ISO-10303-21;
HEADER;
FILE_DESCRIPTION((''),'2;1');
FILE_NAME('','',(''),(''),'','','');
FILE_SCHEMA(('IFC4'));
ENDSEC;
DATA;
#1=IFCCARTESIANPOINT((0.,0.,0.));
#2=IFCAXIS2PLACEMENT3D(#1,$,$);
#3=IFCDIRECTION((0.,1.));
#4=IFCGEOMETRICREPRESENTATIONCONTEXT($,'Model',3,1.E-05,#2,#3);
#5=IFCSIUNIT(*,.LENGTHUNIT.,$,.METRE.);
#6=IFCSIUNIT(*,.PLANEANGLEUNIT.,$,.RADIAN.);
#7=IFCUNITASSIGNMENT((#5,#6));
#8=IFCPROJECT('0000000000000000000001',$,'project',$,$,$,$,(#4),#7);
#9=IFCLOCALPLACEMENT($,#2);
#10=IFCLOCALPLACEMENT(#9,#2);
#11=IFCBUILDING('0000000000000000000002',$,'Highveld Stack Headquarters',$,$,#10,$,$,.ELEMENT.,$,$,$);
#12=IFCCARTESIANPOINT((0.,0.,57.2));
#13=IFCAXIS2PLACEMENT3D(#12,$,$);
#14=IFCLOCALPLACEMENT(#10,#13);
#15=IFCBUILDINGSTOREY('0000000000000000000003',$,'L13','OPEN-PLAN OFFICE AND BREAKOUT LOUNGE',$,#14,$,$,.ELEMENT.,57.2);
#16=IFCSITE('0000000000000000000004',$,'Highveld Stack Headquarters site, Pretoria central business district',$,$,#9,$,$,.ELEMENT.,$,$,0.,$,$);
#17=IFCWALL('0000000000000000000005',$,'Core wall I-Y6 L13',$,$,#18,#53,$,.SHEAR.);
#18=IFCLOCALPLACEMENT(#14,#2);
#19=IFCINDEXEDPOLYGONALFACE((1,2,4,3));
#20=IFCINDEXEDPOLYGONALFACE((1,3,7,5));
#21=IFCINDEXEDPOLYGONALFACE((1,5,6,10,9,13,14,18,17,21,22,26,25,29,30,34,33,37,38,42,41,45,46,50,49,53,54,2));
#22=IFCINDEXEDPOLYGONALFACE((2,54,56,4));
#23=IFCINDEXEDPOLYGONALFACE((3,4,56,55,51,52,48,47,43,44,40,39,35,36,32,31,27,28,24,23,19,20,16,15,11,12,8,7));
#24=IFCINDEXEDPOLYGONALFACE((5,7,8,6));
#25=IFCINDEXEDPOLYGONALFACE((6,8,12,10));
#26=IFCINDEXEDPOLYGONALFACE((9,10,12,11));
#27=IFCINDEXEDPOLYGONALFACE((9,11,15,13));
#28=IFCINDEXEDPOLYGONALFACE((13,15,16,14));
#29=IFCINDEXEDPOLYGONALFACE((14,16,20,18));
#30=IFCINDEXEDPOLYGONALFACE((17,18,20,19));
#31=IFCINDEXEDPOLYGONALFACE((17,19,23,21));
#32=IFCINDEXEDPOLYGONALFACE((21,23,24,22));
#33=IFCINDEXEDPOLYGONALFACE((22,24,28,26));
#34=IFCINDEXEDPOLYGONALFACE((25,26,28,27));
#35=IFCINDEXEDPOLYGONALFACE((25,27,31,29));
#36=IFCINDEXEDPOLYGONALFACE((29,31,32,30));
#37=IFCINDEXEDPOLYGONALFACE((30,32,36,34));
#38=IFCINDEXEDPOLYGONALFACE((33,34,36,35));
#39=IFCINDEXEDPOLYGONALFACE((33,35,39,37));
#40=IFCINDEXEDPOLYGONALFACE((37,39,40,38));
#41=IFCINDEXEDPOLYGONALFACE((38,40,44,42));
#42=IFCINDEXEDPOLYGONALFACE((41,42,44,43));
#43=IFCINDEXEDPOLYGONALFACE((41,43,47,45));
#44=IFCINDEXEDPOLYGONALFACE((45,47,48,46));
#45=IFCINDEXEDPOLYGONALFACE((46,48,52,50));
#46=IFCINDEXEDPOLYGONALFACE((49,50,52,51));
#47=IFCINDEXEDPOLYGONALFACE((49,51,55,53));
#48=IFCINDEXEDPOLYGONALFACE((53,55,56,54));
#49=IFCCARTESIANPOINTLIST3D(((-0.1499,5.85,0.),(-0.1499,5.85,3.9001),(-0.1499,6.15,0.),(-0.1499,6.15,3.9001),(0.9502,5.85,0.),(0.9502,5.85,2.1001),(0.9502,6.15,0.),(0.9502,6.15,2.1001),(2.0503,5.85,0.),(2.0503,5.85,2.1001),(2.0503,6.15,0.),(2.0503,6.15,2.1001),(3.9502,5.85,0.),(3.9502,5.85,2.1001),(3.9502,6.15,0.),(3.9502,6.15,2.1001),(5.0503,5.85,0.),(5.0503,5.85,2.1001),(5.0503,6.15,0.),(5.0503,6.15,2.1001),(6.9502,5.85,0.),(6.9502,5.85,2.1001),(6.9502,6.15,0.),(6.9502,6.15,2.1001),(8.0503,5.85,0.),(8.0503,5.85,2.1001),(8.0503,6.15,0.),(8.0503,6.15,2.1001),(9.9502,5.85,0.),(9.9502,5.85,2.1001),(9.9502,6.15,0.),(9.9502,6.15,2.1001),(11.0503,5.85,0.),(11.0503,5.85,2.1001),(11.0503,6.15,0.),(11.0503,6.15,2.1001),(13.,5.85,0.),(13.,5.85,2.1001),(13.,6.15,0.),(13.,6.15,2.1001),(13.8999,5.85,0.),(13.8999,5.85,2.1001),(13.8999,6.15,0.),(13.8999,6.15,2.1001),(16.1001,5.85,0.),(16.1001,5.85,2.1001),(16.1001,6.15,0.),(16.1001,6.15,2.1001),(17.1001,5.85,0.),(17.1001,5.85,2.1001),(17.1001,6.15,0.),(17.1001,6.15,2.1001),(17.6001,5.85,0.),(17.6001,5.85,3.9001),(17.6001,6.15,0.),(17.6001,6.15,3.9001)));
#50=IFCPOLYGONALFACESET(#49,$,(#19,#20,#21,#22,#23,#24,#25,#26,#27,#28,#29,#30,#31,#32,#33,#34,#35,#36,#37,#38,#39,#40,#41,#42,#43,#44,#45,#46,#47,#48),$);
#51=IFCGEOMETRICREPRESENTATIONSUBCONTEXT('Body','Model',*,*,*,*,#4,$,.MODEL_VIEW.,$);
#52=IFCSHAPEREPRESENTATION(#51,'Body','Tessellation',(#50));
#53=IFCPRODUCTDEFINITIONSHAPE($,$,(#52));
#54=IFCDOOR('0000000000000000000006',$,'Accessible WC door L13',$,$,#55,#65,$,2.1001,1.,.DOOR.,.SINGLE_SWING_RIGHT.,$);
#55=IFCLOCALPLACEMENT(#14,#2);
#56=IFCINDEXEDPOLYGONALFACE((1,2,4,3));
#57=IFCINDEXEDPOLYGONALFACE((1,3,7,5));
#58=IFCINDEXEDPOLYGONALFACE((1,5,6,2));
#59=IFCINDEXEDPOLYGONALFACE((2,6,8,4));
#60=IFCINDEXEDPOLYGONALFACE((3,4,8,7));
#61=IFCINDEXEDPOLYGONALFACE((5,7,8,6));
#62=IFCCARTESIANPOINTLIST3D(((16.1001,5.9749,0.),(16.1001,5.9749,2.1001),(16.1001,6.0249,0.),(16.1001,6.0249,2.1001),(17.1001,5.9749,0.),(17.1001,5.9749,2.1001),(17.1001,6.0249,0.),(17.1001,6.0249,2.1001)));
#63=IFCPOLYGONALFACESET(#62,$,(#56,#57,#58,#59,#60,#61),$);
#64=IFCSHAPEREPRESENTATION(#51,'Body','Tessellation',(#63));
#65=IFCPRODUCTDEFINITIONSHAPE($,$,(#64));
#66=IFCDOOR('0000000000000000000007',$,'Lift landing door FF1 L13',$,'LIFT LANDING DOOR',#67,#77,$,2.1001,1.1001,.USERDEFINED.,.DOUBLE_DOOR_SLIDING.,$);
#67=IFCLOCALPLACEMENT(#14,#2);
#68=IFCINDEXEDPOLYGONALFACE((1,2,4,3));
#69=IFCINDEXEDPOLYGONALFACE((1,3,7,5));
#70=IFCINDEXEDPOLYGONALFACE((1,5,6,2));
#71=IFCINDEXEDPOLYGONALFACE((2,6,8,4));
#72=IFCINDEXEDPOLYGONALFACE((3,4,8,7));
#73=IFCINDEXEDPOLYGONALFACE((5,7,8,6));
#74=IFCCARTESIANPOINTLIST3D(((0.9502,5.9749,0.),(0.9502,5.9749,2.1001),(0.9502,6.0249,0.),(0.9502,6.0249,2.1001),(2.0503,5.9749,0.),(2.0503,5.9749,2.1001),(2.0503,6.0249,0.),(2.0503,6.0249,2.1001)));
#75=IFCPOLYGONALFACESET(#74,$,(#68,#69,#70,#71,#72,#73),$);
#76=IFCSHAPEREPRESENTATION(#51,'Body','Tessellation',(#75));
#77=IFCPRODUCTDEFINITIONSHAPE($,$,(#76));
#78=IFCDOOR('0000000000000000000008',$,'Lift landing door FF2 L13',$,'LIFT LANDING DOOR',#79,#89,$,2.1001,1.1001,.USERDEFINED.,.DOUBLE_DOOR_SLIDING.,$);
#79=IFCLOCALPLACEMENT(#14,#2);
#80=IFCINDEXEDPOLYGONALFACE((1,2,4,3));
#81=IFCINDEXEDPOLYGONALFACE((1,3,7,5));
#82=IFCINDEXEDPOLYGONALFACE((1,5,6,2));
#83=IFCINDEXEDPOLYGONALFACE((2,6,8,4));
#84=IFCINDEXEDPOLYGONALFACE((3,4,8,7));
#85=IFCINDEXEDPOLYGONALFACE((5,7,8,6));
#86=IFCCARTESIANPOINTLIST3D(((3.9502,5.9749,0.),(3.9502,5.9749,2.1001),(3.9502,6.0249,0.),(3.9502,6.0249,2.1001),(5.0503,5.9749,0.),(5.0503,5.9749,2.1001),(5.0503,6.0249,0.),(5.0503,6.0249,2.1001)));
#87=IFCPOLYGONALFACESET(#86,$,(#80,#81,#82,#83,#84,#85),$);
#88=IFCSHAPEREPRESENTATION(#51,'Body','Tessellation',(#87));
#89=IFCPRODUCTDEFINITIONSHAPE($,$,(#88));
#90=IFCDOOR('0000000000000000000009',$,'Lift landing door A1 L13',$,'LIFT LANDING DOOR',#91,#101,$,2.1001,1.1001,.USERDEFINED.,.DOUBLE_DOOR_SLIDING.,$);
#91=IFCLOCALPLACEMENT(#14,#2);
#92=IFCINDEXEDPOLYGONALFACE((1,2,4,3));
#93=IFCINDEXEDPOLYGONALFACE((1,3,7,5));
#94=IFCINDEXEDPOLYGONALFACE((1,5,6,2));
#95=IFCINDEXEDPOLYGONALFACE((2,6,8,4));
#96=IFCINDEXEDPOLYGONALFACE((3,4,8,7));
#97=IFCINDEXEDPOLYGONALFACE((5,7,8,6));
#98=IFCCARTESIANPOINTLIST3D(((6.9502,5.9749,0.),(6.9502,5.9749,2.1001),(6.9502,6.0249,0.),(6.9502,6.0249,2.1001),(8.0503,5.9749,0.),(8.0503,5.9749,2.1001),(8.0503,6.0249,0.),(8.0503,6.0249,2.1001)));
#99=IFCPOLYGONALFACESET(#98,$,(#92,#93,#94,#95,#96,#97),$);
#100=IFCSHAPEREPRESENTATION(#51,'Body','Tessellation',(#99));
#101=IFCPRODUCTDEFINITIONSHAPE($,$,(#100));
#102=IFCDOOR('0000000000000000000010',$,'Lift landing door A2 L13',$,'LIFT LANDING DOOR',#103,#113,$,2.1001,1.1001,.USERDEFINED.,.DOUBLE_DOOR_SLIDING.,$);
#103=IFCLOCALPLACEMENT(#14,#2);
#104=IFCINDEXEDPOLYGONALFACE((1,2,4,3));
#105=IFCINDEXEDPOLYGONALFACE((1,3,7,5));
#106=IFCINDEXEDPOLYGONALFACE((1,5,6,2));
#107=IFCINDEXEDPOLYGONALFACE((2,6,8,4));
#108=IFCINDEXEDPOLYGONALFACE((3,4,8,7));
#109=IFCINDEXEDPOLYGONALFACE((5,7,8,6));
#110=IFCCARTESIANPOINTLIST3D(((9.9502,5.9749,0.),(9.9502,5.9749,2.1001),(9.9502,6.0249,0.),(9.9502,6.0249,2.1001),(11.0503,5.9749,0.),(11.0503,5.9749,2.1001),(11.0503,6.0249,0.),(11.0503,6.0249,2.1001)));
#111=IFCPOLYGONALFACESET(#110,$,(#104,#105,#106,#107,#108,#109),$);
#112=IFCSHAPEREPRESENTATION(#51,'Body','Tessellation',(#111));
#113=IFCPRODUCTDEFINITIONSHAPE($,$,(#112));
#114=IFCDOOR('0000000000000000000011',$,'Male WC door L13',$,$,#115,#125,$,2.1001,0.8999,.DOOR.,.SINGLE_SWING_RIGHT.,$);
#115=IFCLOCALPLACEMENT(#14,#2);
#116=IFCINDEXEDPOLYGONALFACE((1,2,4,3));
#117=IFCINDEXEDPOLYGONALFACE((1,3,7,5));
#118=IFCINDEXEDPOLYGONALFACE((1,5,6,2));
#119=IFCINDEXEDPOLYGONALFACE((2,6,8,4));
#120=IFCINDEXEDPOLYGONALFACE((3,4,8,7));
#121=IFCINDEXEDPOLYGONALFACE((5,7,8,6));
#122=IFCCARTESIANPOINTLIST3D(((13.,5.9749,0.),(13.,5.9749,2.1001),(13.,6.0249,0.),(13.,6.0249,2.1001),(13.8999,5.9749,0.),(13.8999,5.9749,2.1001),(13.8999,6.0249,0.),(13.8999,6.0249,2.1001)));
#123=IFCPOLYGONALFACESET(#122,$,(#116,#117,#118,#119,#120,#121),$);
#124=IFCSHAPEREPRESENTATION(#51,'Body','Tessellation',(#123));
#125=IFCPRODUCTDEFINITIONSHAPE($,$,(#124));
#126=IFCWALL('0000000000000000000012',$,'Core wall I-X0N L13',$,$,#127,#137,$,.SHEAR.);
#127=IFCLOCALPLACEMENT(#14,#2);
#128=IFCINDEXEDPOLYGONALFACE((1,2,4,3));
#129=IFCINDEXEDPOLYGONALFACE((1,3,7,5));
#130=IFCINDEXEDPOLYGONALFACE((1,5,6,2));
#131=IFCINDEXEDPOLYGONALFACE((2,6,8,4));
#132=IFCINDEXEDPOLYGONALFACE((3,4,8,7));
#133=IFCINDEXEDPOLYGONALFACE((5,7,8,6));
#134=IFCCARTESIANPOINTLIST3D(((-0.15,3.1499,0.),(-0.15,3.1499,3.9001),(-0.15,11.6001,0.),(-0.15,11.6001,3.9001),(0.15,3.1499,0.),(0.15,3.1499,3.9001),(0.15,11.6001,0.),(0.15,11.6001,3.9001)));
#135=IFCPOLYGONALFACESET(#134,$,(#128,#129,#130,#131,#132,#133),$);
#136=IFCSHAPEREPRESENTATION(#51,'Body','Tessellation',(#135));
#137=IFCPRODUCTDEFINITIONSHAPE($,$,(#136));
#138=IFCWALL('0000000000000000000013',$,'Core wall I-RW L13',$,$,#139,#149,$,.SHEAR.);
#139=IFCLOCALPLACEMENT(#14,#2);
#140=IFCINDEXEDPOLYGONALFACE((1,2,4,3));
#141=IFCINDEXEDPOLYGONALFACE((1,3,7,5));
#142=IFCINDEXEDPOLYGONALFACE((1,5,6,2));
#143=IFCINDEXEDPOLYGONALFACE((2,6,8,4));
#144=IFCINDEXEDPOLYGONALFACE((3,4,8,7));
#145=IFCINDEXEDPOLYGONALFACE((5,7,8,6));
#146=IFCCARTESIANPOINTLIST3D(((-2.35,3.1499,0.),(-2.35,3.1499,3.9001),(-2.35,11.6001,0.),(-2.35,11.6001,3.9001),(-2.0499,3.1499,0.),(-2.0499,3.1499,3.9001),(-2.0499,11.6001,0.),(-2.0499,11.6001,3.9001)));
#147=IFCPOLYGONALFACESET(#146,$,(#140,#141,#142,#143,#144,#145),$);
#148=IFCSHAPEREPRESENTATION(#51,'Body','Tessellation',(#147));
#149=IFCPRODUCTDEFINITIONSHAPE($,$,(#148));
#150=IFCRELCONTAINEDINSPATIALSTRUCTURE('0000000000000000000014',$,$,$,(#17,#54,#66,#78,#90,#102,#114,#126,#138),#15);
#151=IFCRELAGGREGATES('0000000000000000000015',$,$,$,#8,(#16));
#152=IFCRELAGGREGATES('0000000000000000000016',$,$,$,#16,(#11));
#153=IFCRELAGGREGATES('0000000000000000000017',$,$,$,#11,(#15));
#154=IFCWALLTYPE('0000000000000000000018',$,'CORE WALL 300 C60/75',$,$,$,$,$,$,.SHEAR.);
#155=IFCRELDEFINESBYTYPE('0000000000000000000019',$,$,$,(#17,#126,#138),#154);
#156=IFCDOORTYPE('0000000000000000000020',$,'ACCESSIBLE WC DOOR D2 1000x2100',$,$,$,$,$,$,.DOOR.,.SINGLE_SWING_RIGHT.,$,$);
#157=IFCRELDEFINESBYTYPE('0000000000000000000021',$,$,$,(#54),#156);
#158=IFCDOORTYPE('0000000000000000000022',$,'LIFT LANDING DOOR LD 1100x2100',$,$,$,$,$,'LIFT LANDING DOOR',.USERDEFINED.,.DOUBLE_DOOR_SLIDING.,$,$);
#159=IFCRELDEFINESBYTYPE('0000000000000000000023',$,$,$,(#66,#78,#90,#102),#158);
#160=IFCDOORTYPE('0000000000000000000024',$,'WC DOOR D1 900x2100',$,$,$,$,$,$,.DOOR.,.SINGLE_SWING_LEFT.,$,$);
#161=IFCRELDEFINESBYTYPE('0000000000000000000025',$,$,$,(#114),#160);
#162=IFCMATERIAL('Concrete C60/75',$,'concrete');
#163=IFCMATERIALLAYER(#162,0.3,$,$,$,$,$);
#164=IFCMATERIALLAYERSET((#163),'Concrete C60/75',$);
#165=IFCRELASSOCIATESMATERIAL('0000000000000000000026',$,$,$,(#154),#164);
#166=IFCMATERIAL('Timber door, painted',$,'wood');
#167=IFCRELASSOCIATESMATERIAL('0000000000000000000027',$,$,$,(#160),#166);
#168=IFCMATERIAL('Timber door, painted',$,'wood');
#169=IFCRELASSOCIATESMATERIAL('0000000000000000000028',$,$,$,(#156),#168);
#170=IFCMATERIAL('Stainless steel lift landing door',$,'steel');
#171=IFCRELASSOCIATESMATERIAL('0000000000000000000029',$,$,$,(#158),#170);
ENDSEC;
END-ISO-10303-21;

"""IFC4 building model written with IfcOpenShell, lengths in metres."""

from ifc_helpers import new_model, si_unit, direction, frame, frame_2d, origin, place, context, subcontext, project, spatial, rectangle, extrude, material, layer, layer_set, type_object, element, fill, save


model = new_model("IFC4")

# Units and contexts
model_context = context("Model", 3, precision=1e-05, world=origin(), true_north=direction((0.0, 1.0)))
body_context = subcontext(model_context, "Body", "Model", "MODEL_VIEW")
ifc_project = project(units=[si_unit("LENGTHUNIT", "METRE"), si_unit("PLANEANGLEUNIT", "RADIAN")], contexts=[model_context])

# Site, building, storey
site_placement = place(None, origin())
site = spatial("IfcSite", under=ifc_project, at=site_placement, Name="Highveld Stack Headquarters site, Pretoria central business district", CompositionType="ELEMENT", RefElevation=0.0)
building_placement = place(site_placement, origin())
building = spatial("IfcBuilding", under=site, at=building_placement, Name="Highveld Stack Headquarters", CompositionType="ELEMENT")
storey_placement = place(building_placement, frame((0.0, 0.0, 57.2)))
storey = spatial("IfcBuildingStorey", under=building, at=storey_placement, Name="L13", Description="OPEN-PLAN OFFICE AND BREAKOUT LOUNGE", CompositionType="ELEMENT", Elevation=57.2)

# Wall, openings, doors
ifc_material_1 = material(Name="Concrete C60/75", Category="concrete")
ifc_layer_1 = layer(ifc_material_1, 0.3)
ifc_layer_set_1 = layer_set([ifc_layer_1], Name="Concrete C60/75")
wall_type = type_object("IfcWallType", Name="CORE WALL 300 C60/75", PredefinedType="SHEAR", material=ifc_layer_set_1)
ifc_material_2 = material(Name="Timber door, painted", Category="wood")
door_type_1 = type_object("IfcDoorType", Name="WC DOOR D1 900x2100", OperationType="SINGLE_SWING_LEFT", PredefinedType="DOOR", material=ifc_material_2)
wall_1_placement = place(storey_placement, frame((-0.1499, 6.0, 0.0), z_axis=(0.0, 0.0, 1.0), x_axis=(1.0, 0.0, 0.0)))
wall_1 = element("IfcWall", 1, at=wall_1_placement, inside=storey, type_object=wall_type, Name="Core wall I-Y6 L13", PredefinedType="SHEAR", context=body_context, shape_type="SweptSolid", body=[
    extrude(rectangle(XDim=17.75, YDim=0.3, at=frame_2d((8.875, 0.0))), origin(), (0.0, 0.0, 1.0), 3.9001),
])
opening_1_placement = place(wall_1_placement, frame((13.1499, 0.0, 0.0)))
opening_1 = element("IfcOpeningElement", 2, at=opening_1_placement, cuts=wall_1, PredefinedType="OPENING", context=body_context, shape_type="SweptSolid", body=[
    extrude(rectangle(XDim=0.8999, YDim=2.1001, at=frame_2d((0.45, 1.05))), frame((0.0, 0.1599, 0.0), z_axis=(0.0, -1.0, 0.0), x_axis=(1.0, 0.0, 0.0)), (0.0, 0.0, 1.0), 0.3201),
])
opening_2_placement = place(wall_1_placement, frame((16.25, 0.0, 0.0)))
opening_2 = element("IfcOpeningElement", 3, at=opening_2_placement, cuts=wall_1, PredefinedType="OPENING", context=body_context, shape_type="SweptSolid", body=[
    extrude(rectangle(XDim=1.0, YDim=2.1001, at=frame_2d((0.5, 1.05))), frame((0.0, 0.1599, 0.0), z_axis=(0.0, -1.0, 0.0), x_axis=(1.0, 0.0, 0.0)), (0.0, 0.0, 1.0), 0.3201),
])
opening_3_placement = place(wall_1_placement, frame((1.1001, 0.0, 0.0)))
opening_3 = element("IfcOpeningElement", 4, at=opening_3_placement, cuts=wall_1, PredefinedType="OPENING", context=body_context, shape_type="SweptSolid", body=[
    extrude(rectangle(XDim=1.1001, YDim=2.1001, at=frame_2d((0.55, 1.05))), frame((0.0, 0.1599, 0.0), z_axis=(0.0, -1.0, 0.0), x_axis=(1.0, 0.0, 0.0)), (0.0, 0.0, 1.0), 0.3201),
])
opening_4_placement = place(wall_1_placement, frame((4.1001, 0.0, 0.0)))
opening_4 = element("IfcOpeningElement", 5, at=opening_4_placement, cuts=wall_1, PredefinedType="OPENING", context=body_context, shape_type="SweptSolid", body=[
    extrude(rectangle(XDim=1.1001, YDim=2.1001, at=frame_2d((0.55, 1.05))), frame((0.0, 0.1599, 0.0), z_axis=(0.0, -1.0, 0.0), x_axis=(1.0, 0.0, 0.0)), (0.0, 0.0, 1.0), 0.3201),
])
opening_5_placement = place(wall_1_placement, frame((7.1001, 0.0, 0.0)))
opening_5 = element("IfcOpeningElement", 6, at=opening_5_placement, cuts=wall_1, PredefinedType="OPENING", context=body_context, shape_type="SweptSolid", body=[
    extrude(rectangle(XDim=1.1001, YDim=2.1001, at=frame_2d((0.55, 1.05))), frame((0.0, 0.1599, 0.0), z_axis=(0.0, -1.0, 0.0), x_axis=(1.0, 0.0, 0.0)), (0.0, 0.0, 1.0), 0.3201),
])
opening_6_placement = place(wall_1_placement, frame((10.1001, 0.0, 0.0)))
opening_6 = element("IfcOpeningElement", 7, at=opening_6_placement, cuts=wall_1, PredefinedType="OPENING", context=body_context, shape_type="SweptSolid", body=[
    extrude(rectangle(XDim=1.1001, YDim=2.1001, at=frame_2d((0.55, 1.05))), frame((0.0, 0.1599, 0.0), z_axis=(0.0, -1.0, 0.0), x_axis=(1.0, 0.0, 0.0)), (0.0, 0.0, 1.0), 0.3201),
])
ifc_material_3 = material(Name="Timber door, painted", Category="wood")
door_type_2 = type_object("IfcDoorType", Name="ACCESSIBLE WC DOOR D2 1000x2100", OperationType="SINGLE_SWING_RIGHT", PredefinedType="DOOR", material=ifc_material_3)
door_1_placement = place(opening_2_placement, origin())
door_1 = element("IfcDoor", 8, at=door_1_placement, inside=storey, type_object=door_type_2, Name="Accessible WC door L13", OperationType="SINGLE_SWING_RIGHT", OverallHeight=2.1001, OverallWidth=1.0, PredefinedType="DOOR", context=body_context, shape_type="SweptSolid", body=[
    extrude(rectangle(XDim=1.0, YDim=2.1001, at=frame_2d((0.5, 1.05))), frame((0.0, 0.0249, 0.0), z_axis=(0.0, -1.0, 0.0), x_axis=(1.0, 0.0, 0.0)), (0.0, 0.0, 1.0), 0.05),
])
fill(opening_2, door_1)
ifc_material_4 = material(Name="Stainless steel lift landing door", Category="steel")
door_type_3 = type_object("IfcDoorType", Name="LIFT LANDING DOOR LD 1100x2100", ElementType="LIFT LANDING DOOR", OperationType="DOUBLE_DOOR_SLIDING", PredefinedType="USERDEFINED", material=ifc_material_4)
door_2_placement = place(opening_3_placement, origin())
door_2 = element("IfcDoor", 9, at=door_2_placement, inside=storey, type_object=door_type_3, Name="Lift landing door FF1 L13", ObjectType="LIFT LANDING DOOR", OperationType="DOUBLE_DOOR_SLIDING", OverallHeight=2.1001, OverallWidth=1.1001, PredefinedType="USERDEFINED", context=body_context, shape_type="SweptSolid", body=[
    extrude(rectangle(XDim=1.1001, YDim=2.1001, at=frame_2d((0.55, 1.05))), frame((0.0, 0.0249, 0.0), z_axis=(0.0, -1.0, 0.0), x_axis=(1.0, 0.0, 0.0)), (0.0, 0.0, 1.0), 0.05),
])
fill(opening_3, door_2)
door_3_placement = place(opening_4_placement, origin())
door_3 = element("IfcDoor", 10, at=door_3_placement, inside=storey, type_object=door_type_3, Name="Lift landing door FF2 L13", ObjectType="LIFT LANDING DOOR", OperationType="DOUBLE_DOOR_SLIDING", OverallHeight=2.1001, OverallWidth=1.1001, PredefinedType="USERDEFINED", context=body_context, shape_type="SweptSolid", body=[
    extrude(rectangle(XDim=1.1001, YDim=2.1001, at=frame_2d((0.55, 1.05))), frame((0.0, 0.0249, 0.0), z_axis=(0.0, -1.0, 0.0), x_axis=(1.0, 0.0, 0.0)), (0.0, 0.0, 1.0), 0.05),
])
fill(opening_4, door_3)
door_4_placement = place(opening_5_placement, origin())
door_4 = element("IfcDoor", 11, at=door_4_placement, inside=storey, type_object=door_type_3, Name="Lift landing door A1 L13", ObjectType="LIFT LANDING DOOR", OperationType="DOUBLE_DOOR_SLIDING", OverallHeight=2.1001, OverallWidth=1.1001, PredefinedType="USERDEFINED", context=body_context, shape_type="SweptSolid", body=[
    extrude(rectangle(XDim=1.1001, YDim=2.1001, at=frame_2d((0.55, 1.05))), frame((0.0, 0.0249, 0.0), z_axis=(0.0, -1.0, 0.0), x_axis=(1.0, 0.0, 0.0)), (0.0, 0.0, 1.0), 0.05),
])
fill(opening_5, door_4)
door_5_placement = place(opening_6_placement, origin())
door_5 = element("IfcDoor", 12, at=door_5_placement, inside=storey, type_object=door_type_3, Name="Lift landing door A2 L13", ObjectType="LIFT LANDING DOOR", OperationType="DOUBLE_DOOR_SLIDING", OverallHeight=2.1001, OverallWidth=1.1001, PredefinedType="USERDEFINED", context=body_context, shape_type="SweptSolid", body=[
    extrude(rectangle(XDim=1.1001, YDim=2.1001, at=frame_2d((0.55, 1.05))), frame((0.0, 0.0249, 0.0), z_axis=(0.0, -1.0, 0.0), x_axis=(1.0, 0.0, 0.0)), (0.0, 0.0, 1.0), 0.05),
])
fill(opening_6, door_5)
door_6_placement = place(opening_1_placement, origin())
door_6 = element("IfcDoor", 13, at=door_6_placement, inside=storey, type_object=door_type_1, Name="Male WC door L13", OperationType="SINGLE_SWING_RIGHT", OverallHeight=2.1001, OverallWidth=0.8999, PredefinedType="DOOR", context=body_context, shape_type="SweptSolid", body=[
    extrude(rectangle(XDim=0.8999, YDim=2.1001, at=frame_2d((0.45, 1.05))), frame((0.0, 0.0249, 0.0), z_axis=(0.0, -1.0, 0.0), x_axis=(1.0, 0.0, 0.0)), (0.0, 0.0, 1.0), 0.05),
])
fill(opening_1, door_6)

# Walls
for number, where, z_axis, x_axis, name in (
    (14, (0.0, 3.1499, 0.0), (0.0, 0.0, 1.0), (0.0, 1.0, 0.0), "Core wall I-X0N L13"),
    (15, (-2.2, 3.1499, 0.0), (0.0, 0.0, 1.0), (0.0, 1.0, 0.0), "Core wall I-RW L13"),
):
    element("IfcWall", number, at=place(storey_placement, frame(where, z_axis=z_axis, x_axis=x_axis)), inside=storey, type_object=wall_type, Name=name, PredefinedType="SHEAR", context=body_context, shape_type="SweptSolid", body=[
        extrude(rectangle(XDim=8.4502, YDim=0.3, at=frame_2d((4.2251, 0.0))), origin(), (0.0, 0.0, 1.0), 3.9001),
    ])

save(model, "model.ifc")
